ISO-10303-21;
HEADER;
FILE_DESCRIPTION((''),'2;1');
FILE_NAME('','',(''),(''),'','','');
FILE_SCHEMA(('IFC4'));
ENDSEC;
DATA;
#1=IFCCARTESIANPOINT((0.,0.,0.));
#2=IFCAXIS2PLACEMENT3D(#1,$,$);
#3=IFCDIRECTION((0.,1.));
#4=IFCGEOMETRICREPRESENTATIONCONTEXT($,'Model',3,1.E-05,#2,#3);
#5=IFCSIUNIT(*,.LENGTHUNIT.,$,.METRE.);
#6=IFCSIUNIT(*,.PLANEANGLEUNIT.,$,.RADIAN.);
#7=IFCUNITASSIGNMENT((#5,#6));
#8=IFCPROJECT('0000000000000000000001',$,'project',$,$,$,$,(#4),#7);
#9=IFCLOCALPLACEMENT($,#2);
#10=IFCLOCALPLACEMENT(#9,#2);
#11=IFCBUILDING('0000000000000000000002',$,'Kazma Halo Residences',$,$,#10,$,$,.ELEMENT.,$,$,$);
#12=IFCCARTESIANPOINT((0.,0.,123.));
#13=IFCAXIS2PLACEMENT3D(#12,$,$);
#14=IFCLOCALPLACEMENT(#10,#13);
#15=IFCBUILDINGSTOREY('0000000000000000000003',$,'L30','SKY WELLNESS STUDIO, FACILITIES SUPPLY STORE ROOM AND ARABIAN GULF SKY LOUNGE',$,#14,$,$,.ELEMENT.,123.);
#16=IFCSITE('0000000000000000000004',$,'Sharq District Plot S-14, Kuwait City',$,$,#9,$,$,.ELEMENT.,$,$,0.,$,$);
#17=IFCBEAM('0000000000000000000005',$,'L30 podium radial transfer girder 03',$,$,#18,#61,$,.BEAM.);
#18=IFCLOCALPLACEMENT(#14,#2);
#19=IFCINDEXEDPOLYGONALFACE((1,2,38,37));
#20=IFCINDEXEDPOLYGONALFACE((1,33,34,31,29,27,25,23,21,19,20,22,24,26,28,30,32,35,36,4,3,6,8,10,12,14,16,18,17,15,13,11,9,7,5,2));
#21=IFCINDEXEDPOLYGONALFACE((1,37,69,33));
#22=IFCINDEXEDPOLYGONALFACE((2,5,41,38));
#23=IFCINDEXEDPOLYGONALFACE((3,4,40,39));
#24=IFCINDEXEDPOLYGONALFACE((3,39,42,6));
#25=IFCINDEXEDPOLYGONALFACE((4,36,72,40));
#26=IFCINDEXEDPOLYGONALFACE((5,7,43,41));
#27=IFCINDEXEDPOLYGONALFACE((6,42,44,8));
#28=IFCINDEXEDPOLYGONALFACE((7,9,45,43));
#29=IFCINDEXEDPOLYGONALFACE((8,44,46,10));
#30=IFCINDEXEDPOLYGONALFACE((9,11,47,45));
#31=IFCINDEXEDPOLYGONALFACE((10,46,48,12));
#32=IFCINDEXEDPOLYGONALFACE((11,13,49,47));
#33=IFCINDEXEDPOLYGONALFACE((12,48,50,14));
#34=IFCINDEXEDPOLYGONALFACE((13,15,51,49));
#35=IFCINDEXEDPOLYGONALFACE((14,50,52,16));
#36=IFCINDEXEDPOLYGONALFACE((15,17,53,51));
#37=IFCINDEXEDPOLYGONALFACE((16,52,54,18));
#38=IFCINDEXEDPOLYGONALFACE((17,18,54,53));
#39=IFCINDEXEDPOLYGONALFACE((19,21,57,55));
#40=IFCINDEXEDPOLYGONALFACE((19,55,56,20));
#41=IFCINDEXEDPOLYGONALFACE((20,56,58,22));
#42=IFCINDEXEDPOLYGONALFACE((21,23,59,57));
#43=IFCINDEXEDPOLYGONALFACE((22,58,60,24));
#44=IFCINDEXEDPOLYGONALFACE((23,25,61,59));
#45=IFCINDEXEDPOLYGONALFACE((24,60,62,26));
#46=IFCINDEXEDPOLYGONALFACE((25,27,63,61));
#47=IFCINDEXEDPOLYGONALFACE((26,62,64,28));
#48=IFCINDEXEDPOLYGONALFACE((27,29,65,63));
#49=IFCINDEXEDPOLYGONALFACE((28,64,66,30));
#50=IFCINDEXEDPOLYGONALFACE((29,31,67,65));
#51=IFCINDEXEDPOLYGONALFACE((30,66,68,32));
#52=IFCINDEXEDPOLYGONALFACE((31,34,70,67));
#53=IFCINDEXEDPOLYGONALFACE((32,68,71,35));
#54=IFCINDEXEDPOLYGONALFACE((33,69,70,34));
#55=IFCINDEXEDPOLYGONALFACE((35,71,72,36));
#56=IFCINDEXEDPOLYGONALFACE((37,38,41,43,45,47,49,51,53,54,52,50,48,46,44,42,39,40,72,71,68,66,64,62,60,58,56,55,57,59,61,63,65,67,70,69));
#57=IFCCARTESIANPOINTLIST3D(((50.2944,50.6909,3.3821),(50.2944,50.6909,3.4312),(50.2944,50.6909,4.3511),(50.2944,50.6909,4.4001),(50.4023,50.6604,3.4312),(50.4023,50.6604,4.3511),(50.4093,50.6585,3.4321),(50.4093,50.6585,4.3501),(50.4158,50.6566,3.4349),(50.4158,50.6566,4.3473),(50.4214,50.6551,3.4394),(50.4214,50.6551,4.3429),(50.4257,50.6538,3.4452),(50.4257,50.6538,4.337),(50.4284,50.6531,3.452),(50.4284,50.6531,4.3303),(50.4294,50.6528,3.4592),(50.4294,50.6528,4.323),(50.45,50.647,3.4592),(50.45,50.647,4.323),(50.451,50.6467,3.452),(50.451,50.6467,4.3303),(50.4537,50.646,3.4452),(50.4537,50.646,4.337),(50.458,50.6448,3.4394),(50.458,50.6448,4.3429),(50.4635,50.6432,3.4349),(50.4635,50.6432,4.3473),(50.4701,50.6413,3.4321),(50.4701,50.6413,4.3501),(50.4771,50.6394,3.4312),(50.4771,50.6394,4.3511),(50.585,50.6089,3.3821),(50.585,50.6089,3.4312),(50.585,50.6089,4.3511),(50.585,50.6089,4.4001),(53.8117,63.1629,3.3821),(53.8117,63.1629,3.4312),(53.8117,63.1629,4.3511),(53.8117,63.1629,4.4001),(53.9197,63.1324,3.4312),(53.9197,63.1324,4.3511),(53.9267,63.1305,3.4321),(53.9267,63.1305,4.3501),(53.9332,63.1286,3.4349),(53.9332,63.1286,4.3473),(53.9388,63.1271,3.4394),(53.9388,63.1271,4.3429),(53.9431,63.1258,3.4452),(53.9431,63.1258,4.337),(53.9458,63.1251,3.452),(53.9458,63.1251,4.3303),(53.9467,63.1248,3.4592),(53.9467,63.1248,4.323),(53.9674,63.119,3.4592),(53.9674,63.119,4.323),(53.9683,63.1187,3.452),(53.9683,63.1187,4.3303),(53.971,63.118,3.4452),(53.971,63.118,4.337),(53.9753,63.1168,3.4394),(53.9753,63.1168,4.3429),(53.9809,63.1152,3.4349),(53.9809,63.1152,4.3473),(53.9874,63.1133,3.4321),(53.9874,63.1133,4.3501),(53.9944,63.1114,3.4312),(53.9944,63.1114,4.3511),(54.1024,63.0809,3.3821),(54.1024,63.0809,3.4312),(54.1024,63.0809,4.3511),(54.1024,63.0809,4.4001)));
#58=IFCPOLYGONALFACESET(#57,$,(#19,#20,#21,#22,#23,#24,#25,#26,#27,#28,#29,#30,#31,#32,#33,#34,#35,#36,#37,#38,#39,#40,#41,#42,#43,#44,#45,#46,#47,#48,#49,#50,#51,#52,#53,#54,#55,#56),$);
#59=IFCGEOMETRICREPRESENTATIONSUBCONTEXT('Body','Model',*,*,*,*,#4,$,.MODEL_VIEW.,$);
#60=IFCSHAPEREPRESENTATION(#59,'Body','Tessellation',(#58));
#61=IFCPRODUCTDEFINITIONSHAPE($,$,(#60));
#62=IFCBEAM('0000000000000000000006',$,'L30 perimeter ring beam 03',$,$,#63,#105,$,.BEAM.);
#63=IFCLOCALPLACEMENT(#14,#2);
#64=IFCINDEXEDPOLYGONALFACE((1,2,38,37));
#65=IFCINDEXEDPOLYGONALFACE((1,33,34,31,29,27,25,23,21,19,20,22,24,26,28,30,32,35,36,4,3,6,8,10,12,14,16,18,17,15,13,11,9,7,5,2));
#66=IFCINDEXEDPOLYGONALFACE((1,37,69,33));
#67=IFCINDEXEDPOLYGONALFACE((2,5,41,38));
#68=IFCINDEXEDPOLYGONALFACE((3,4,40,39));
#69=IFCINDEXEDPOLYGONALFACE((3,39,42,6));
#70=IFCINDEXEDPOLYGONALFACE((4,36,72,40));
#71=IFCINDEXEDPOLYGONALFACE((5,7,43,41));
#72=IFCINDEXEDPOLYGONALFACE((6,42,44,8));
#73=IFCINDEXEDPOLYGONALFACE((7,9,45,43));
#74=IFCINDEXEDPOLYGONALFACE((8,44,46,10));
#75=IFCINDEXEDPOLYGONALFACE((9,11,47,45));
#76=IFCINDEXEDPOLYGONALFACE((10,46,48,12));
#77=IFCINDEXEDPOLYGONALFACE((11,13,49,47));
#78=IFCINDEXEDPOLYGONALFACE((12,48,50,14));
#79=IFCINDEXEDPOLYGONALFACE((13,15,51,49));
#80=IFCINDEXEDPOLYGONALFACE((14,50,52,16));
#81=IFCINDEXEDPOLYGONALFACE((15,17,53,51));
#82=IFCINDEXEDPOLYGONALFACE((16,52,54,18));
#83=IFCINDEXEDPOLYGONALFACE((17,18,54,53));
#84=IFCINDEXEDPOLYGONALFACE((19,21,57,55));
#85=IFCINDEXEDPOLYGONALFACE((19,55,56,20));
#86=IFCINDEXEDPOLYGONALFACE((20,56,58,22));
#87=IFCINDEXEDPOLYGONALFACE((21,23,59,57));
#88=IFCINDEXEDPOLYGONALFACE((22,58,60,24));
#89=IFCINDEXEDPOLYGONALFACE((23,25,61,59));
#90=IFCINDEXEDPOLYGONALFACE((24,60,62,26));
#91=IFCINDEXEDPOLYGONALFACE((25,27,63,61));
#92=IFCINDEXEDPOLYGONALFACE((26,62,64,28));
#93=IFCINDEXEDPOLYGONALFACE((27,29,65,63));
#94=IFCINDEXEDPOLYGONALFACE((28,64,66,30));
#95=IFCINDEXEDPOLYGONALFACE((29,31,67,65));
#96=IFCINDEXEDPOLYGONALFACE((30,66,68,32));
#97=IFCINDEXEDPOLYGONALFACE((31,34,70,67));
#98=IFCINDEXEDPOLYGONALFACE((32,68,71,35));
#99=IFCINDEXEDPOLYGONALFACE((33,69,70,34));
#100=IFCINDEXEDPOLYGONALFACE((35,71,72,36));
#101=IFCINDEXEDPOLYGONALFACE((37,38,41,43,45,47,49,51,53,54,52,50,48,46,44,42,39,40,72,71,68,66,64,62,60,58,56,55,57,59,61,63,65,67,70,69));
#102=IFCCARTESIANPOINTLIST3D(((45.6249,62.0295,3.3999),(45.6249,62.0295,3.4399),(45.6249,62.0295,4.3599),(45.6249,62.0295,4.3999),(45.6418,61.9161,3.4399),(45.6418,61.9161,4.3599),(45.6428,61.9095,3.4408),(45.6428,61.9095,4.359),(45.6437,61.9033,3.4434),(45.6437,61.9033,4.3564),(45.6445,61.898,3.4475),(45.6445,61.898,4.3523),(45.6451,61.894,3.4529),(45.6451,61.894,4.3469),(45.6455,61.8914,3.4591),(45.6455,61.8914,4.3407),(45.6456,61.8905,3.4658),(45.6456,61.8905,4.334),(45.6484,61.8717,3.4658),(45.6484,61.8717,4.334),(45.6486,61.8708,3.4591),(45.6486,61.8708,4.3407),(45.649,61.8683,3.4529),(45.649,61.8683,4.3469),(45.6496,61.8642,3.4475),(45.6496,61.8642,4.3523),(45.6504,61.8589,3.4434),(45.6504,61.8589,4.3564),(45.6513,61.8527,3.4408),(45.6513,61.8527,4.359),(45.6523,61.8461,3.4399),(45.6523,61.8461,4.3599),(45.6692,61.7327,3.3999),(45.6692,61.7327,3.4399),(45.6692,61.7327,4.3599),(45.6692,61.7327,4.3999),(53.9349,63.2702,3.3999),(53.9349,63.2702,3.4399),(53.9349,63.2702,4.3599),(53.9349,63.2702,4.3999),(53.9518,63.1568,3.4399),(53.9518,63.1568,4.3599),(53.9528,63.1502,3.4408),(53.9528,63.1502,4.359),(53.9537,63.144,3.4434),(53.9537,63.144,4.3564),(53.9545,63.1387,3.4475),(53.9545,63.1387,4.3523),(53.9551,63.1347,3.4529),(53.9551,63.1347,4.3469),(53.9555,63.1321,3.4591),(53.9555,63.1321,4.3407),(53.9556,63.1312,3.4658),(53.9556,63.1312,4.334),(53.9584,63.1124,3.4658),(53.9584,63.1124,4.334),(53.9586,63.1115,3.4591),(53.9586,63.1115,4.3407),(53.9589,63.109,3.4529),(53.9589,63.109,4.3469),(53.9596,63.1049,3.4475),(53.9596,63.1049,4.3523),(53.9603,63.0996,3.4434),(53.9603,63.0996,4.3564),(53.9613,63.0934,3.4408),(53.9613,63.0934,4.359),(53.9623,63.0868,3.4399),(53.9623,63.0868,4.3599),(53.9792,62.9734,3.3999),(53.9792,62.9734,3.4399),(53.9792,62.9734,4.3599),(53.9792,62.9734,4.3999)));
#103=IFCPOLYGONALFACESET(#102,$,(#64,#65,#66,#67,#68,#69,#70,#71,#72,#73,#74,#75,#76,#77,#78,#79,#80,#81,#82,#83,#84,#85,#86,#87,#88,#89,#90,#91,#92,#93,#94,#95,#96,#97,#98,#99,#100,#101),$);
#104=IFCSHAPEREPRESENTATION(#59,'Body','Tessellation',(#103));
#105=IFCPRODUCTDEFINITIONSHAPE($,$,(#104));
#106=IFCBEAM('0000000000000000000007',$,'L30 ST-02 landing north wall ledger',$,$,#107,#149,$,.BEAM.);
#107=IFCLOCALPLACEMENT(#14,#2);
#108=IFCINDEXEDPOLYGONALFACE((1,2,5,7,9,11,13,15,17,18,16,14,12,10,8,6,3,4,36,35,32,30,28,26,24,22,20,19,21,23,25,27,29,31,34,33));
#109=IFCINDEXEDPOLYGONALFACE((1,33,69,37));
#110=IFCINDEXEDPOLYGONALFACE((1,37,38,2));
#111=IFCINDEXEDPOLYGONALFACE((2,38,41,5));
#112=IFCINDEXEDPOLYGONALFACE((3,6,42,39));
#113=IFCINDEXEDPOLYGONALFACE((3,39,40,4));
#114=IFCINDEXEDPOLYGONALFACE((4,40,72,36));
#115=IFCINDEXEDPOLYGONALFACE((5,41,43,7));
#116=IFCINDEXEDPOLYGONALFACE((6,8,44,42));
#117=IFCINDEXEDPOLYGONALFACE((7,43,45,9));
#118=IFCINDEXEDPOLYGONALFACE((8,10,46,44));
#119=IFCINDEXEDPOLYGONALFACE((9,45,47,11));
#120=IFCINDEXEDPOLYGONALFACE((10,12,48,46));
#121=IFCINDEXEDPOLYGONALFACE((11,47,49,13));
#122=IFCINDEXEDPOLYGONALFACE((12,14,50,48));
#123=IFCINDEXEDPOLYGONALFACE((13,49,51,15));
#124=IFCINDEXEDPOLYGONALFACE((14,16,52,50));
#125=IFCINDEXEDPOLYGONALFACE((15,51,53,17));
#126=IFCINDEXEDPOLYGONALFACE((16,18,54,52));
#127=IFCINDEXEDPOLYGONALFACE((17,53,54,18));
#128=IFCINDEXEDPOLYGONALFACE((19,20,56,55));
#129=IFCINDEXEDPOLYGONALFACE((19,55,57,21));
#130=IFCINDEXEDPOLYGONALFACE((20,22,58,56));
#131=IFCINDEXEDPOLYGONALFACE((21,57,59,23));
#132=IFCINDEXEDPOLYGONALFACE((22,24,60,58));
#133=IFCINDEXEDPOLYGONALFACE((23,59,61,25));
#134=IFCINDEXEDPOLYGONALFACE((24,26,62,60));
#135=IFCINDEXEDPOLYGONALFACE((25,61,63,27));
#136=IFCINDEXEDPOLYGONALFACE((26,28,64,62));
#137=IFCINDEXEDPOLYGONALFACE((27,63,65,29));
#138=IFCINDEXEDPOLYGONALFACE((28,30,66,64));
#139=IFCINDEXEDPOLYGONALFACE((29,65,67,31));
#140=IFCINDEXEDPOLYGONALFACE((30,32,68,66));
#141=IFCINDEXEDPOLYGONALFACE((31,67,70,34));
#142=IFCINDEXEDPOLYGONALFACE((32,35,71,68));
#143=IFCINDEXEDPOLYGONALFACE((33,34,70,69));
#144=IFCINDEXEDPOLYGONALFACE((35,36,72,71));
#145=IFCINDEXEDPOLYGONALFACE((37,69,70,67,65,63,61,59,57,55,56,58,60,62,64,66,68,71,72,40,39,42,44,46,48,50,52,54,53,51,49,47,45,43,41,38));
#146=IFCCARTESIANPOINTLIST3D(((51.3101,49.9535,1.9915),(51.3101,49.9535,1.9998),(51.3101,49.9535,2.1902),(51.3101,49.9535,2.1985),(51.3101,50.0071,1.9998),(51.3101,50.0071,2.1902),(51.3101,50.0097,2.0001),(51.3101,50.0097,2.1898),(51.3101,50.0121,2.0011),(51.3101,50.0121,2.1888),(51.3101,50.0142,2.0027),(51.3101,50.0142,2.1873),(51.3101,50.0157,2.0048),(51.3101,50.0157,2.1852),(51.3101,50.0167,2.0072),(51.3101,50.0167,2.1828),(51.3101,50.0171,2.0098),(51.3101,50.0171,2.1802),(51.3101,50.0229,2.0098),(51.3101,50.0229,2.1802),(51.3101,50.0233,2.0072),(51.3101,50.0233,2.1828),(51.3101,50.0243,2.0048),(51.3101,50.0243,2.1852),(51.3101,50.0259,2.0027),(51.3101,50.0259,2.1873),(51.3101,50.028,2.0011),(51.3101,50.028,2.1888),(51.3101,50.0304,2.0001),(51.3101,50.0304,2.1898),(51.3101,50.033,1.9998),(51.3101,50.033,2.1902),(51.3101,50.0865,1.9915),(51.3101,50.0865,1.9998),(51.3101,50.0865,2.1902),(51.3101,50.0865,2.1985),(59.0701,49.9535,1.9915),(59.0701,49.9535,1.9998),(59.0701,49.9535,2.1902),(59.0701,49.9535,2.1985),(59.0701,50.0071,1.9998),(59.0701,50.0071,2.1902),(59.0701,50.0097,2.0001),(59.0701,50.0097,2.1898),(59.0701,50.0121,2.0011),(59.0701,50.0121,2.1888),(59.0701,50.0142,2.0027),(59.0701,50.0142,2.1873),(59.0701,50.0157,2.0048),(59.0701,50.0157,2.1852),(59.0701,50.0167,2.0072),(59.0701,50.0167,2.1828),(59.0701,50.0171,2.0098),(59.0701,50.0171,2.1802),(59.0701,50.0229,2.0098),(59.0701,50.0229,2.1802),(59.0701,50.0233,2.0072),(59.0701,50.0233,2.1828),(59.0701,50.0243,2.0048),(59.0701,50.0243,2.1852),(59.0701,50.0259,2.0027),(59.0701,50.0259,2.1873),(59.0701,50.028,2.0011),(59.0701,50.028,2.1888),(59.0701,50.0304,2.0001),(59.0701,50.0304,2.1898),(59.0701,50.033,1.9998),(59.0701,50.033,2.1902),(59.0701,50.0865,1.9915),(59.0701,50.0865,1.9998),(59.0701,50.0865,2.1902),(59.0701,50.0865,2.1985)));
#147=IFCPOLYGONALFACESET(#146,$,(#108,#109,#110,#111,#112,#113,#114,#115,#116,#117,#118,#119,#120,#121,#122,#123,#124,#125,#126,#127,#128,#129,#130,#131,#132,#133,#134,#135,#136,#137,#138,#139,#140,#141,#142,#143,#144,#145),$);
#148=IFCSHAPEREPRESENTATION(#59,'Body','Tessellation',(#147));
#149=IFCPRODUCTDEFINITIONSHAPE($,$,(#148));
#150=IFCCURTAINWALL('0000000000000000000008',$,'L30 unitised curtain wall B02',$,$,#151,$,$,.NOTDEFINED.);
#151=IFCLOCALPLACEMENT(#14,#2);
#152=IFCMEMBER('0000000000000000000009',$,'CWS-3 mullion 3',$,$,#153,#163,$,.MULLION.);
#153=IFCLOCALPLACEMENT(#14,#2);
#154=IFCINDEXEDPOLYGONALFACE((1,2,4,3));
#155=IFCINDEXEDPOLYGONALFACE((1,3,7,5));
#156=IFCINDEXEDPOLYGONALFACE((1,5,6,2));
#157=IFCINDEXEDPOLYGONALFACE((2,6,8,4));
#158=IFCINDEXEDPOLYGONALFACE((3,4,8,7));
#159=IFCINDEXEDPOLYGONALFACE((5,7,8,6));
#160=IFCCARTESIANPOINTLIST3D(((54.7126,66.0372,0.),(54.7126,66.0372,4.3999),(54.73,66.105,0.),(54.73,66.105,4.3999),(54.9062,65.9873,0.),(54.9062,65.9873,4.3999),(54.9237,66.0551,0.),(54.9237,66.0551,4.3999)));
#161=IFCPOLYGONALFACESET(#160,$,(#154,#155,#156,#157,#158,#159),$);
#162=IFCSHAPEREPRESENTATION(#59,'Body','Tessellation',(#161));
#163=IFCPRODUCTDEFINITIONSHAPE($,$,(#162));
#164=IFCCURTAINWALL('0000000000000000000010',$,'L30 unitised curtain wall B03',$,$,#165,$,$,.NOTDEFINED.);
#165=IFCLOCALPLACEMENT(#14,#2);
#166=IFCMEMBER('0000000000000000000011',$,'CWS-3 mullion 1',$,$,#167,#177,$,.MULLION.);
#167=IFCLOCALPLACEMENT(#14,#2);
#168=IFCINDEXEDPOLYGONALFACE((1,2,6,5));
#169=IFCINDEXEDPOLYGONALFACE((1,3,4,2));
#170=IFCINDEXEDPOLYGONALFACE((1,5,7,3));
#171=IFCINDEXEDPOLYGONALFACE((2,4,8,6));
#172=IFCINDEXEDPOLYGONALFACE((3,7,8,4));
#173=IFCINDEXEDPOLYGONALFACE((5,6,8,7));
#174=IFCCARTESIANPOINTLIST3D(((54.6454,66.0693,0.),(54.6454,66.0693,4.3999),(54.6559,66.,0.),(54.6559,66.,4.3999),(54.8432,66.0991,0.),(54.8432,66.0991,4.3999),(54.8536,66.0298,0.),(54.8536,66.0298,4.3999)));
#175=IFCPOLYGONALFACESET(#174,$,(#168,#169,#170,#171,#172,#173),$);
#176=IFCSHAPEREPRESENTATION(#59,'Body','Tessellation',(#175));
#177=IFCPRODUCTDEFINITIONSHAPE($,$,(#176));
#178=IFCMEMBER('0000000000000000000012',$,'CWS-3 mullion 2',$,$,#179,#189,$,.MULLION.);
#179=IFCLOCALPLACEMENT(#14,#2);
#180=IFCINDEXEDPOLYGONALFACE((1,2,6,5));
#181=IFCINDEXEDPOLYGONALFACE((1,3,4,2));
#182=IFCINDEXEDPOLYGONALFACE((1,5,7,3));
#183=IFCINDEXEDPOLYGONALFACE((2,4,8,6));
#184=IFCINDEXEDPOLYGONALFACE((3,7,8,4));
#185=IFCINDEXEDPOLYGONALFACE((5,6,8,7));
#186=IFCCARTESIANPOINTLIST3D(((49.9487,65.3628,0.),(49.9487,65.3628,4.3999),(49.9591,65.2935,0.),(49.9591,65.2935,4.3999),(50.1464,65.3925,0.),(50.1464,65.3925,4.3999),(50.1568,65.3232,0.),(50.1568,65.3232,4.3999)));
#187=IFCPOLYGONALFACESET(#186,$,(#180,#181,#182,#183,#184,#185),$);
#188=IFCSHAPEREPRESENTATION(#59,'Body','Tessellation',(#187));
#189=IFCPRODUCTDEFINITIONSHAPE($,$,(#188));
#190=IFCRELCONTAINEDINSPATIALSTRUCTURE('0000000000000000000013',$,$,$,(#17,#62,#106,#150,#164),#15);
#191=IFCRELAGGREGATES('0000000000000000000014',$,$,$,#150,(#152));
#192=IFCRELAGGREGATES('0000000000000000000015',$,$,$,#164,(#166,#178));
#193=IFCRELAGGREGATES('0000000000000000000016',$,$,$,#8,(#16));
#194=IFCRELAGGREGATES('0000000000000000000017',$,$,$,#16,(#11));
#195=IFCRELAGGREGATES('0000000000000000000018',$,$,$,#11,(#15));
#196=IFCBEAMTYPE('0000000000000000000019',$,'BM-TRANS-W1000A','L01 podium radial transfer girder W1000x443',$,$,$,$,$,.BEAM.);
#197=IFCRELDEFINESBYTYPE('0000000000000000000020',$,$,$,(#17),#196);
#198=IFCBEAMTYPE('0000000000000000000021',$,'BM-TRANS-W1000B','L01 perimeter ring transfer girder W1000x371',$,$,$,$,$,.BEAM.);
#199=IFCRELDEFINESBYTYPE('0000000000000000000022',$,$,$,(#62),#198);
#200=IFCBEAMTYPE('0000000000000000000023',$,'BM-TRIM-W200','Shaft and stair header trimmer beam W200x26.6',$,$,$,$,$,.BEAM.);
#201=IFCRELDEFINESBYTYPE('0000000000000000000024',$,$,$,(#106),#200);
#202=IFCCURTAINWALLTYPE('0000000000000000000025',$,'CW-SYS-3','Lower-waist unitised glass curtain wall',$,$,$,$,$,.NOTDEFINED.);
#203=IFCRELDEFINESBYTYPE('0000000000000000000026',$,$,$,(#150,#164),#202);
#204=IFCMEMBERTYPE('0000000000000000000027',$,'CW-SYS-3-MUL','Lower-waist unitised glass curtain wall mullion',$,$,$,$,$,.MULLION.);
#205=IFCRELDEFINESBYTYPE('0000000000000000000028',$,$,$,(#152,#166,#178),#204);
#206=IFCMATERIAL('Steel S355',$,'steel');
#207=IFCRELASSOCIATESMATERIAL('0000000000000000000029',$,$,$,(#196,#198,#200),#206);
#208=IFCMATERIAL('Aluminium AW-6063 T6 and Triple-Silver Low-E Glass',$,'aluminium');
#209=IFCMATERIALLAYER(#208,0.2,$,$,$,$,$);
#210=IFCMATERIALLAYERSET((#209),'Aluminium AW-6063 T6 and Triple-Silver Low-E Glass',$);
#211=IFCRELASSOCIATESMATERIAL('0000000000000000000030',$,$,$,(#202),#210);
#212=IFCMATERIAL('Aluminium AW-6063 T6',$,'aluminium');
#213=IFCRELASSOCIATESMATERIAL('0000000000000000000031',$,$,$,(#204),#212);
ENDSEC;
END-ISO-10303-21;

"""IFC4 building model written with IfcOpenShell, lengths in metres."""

from ifc_helpers import new_model, si_unit, direction, frame, origin, origin_2d, place, context, subcontext, project, spatial, rectangle, i_section, extrude, material, layer, layer_set, material_profile, profile_set, type_object, element, aggregate, save


model = new_model("IFC4")

# Units and contexts
model_context = context("Model", 3, precision=1e-05, world=origin(), true_north=direction((0.0, 1.0)))
body_context = subcontext(model_context, "Body", "Model", "MODEL_VIEW")
ifc_project = project(units=[si_unit("LENGTHUNIT", "METRE"), si_unit("PLANEANGLEUNIT", "RADIAN")], contexts=[model_context])

# Site, building, storey
site_placement = place(None, origin())
site = spatial("IfcSite", under=ifc_project, at=site_placement, Name="Sharq District Plot S-14, Kuwait City", CompositionType="ELEMENT", RefElevation=0.0)
building_placement = place(site_placement, origin())
building = spatial("IfcBuilding", under=site, at=building_placement, Name="Kazma Halo Residences", CompositionType="ELEMENT")
storey_placement = place(building_placement, frame((0.0, 0.0, 123.0)))
storey = spatial("IfcBuildingStorey", under=building, at=storey_placement, Name="L30", Description="SKY WELLNESS STUDIO, FACILITIES SUPPLY STORE ROOM AND ARABIAN GULF SKY LOUNGE", CompositionType="ELEMENT", Elevation=123.0)

# Beams
ifc_material_1 = material(Name="Steel S355", Category="steel")
ifc_material_profile_1 = material_profile(ifc_material_1, i_section(OverallWidth=0.302, OverallDepth=1.0181, WebThickness=0.0215, FlangeThickness=0.0491, FilletRadius=0.0281, at=origin_2d()), Name="W1000x443")
ifc_profile_set_1 = profile_set([ifc_material_profile_1], Name="Steel S355")
beam_type_1 = type_object("IfcBeamType", Name="BM-TRANS-W1000A", Description="L01 podium radial transfer girder W1000x443", PredefinedType="BEAM", material=ifc_profile_set_1)
beam_1_placement = place(storey_placement, frame((50.4397, 50.6499, 3.8911), z_axis=(0.271432, 0.962458, 0.0), x_axis=(-0.962458, 0.271432, 0.0)))
element("IfcBeam", 1, at=beam_1_placement, inside=storey, type_object=beam_type_1, Name="L30 podium radial transfer girder 03", PredefinedType="BEAM", context=body_context, shape_type="SweptSolid", body=[
    extrude(i_section(OverallWidth=0.302, OverallDepth=1.0181, WebThickness=0.0215, FlangeThickness=0.0491, FilletRadius=0.0281, at=origin_2d()), origin(), (0.0, 0.0, 1.0), 12.9585),
])
ifc_material_profile_2 = material_profile(ifc_material_1, i_section(OverallWidth=0.3, OverallDepth=1.0, WebThickness=0.019, FlangeThickness=0.04, FilletRadius=0.0259, at=origin_2d()), Name="W1000x371")
ifc_profile_set_2 = profile_set([ifc_material_profile_2], Name="Steel S355")
beam_type_2 = type_object("IfcBeamType", Name="BM-TRANS-W1000B", Description="L01 perimeter ring transfer girder W1000x371", PredefinedType="BEAM", material=ifc_profile_set_2)
beam_2_placement = place(storey_placement, frame((53.957, 63.1218, 3.8999), z_axis=(-0.989037, -0.147667, 0.0), x_axis=(0.147667, -0.989037, 0.0)))
element("IfcBeam", 2, at=beam_2_placement, inside=storey, type_object=beam_type_2, Name="L30 perimeter ring beam 03", PredefinedType="BEAM", context=body_context, shape_type="SweptSolid", body=[
    extrude(i_section(OverallWidth=0.3, OverallDepth=1.0, WebThickness=0.019, FlangeThickness=0.04, FilletRadius=0.0259, at=origin_2d()), origin(), (0.0, 0.0, 1.0), 8.4021),
])
ifc_material_profile_3 = material_profile(ifc_material_1, i_section(OverallWidth=0.1331, OverallDepth=0.207, WebThickness=0.0059, FlangeThickness=0.0083, FilletRadius=0.01, at=origin_2d()), Name="W200x26.6")
ifc_profile_set_3 = profile_set([ifc_material_profile_3], Name="Steel S355")
beam_type_3 = type_object("IfcBeamType", Name="BM-TRIM-W200", Description="Shaft and stair header trimmer beam W200x26.6", PredefinedType="BEAM", material=ifc_profile_set_3)
beam_3_placement = place(storey_placement, frame((51.3101, 50.02, 2.095), z_axis=(1.0, 0.0, 0.0), x_axis=(0.0, 1.0, 0.0)))
element("IfcBeam", 3, at=beam_3_placement, inside=storey, type_object=beam_type_3, Name="L30 ST-02 landing north wall ledger", PredefinedType="BEAM", context=body_context, shape_type="SweptSolid", body=[
    extrude(i_section(OverallWidth=0.1331, OverallDepth=0.207, WebThickness=0.0059, FlangeThickness=0.0083, FilletRadius=0.01, at=origin_2d()), origin(), (0.0, 0.0, 1.0), 7.76),
])

# Curtain wall, member
ifc_material_2 = material(Name="Aluminium AW-6063 T6 and Triple-Silver Low-E Glass", Category="aluminium")
ifc_layer_1 = layer(ifc_material_2, 0.2)
ifc_layer_set_1 = layer_set([ifc_layer_1], Name="Aluminium AW-6063 T6 and Triple-Silver Low-E Glass")
curtain_wall_type = type_object("IfcCurtainWallType", Name="CW-SYS-3", Description="Lower-waist unitised glass curtain wall", PredefinedType="NOTDEFINED", material=ifc_layer_set_1)
curtain_wall_1_placement = place(storey_placement, origin())
curtain_wall_1 = element("IfcCurtainWall", 4, at=curtain_wall_1_placement, inside=storey, type_object=curtain_wall_type, Name="L30 unitised curtain wall B02", PredefinedType="NOTDEFINED")
ifc_material_3 = material(Name="Aluminium AW-6063 T6", Category="aluminium")
ifc_material_profile_4 = material_profile(ifc_material_3, rectangle(XDim=0.0701, YDim=0.2, at=origin_2d()), Name="CWM-70x200")
ifc_profile_set_4 = profile_set([ifc_material_profile_4], Name="Aluminium AW-6063 T6")
member_type_1 = type_object("IfcMemberType", Name="CW-SYS-3-MUL", Description="Lower-waist unitised glass curtain wall mullion", PredefinedType="MULLION", material=ifc_profile_set_4)
member_1_placement = place(storey_placement, frame((54.8181, 66.0461, 0.0), z_axis=(0.0, 0.0, 1.0), x_axis=(-0.249525, -0.968368, 0.0)))
member_1 = element("IfcMember", 5, at=member_1_placement, type_object=member_type_1, Name="CWS-3 mullion 3", PredefinedType="MULLION", context=body_context, shape_type="SweptSolid", body=[
    extrude(rectangle(XDim=0.0701, YDim=0.2, at=origin_2d()), origin(), (0.0, 0.0, 1.0), 4.3999),
])

# Curtain wall, members
curtain_wall_2_placement = place(storey_placement, origin())
curtain_wall_2 = element("IfcCurtainWall", 6, at=curtain_wall_2_placement, inside=storey, type_object=curtain_wall_type, Name="L30 unitised curtain wall B03", PredefinedType="NOTDEFINED")
member_2_placement = place(storey_placement, frame((54.7495, 66.0496, 0.0), z_axis=(0.0, 0.0, 1.0), x_axis=(0.148768, -0.988872, 0.0)))
member_2 = element("IfcMember", 7, at=member_2_placement, type_object=member_type_1, Name="CWS-3 mullion 1", PredefinedType="MULLION", context=body_context, shape_type="SweptSolid", body=[
    extrude(rectangle(XDim=0.0701, YDim=0.2, at=origin_2d()), origin(), (0.0, 0.0, 1.0), 4.3999),
])
member_3_placement = place(storey_placement, frame((50.0527, 65.343, 0.0), z_axis=(0.0, 0.0, 1.0), x_axis=(0.148768, -0.988872, 0.0)))
member_3 = element("IfcMember", 8, at=member_3_placement, type_object=member_type_1, Name="CWS-3 mullion 2", PredefinedType="MULLION", context=body_context, shape_type="SweptSolid", body=[
    extrude(rectangle(XDim=0.0701, YDim=0.2, at=origin_2d()), origin(), (0.0, 0.0, 1.0), 4.3999),
])

aggregate(curtain_wall_1, [member_1])
aggregate(curtain_wall_2, [member_2, member_3])

save(model, "model.ifc")
